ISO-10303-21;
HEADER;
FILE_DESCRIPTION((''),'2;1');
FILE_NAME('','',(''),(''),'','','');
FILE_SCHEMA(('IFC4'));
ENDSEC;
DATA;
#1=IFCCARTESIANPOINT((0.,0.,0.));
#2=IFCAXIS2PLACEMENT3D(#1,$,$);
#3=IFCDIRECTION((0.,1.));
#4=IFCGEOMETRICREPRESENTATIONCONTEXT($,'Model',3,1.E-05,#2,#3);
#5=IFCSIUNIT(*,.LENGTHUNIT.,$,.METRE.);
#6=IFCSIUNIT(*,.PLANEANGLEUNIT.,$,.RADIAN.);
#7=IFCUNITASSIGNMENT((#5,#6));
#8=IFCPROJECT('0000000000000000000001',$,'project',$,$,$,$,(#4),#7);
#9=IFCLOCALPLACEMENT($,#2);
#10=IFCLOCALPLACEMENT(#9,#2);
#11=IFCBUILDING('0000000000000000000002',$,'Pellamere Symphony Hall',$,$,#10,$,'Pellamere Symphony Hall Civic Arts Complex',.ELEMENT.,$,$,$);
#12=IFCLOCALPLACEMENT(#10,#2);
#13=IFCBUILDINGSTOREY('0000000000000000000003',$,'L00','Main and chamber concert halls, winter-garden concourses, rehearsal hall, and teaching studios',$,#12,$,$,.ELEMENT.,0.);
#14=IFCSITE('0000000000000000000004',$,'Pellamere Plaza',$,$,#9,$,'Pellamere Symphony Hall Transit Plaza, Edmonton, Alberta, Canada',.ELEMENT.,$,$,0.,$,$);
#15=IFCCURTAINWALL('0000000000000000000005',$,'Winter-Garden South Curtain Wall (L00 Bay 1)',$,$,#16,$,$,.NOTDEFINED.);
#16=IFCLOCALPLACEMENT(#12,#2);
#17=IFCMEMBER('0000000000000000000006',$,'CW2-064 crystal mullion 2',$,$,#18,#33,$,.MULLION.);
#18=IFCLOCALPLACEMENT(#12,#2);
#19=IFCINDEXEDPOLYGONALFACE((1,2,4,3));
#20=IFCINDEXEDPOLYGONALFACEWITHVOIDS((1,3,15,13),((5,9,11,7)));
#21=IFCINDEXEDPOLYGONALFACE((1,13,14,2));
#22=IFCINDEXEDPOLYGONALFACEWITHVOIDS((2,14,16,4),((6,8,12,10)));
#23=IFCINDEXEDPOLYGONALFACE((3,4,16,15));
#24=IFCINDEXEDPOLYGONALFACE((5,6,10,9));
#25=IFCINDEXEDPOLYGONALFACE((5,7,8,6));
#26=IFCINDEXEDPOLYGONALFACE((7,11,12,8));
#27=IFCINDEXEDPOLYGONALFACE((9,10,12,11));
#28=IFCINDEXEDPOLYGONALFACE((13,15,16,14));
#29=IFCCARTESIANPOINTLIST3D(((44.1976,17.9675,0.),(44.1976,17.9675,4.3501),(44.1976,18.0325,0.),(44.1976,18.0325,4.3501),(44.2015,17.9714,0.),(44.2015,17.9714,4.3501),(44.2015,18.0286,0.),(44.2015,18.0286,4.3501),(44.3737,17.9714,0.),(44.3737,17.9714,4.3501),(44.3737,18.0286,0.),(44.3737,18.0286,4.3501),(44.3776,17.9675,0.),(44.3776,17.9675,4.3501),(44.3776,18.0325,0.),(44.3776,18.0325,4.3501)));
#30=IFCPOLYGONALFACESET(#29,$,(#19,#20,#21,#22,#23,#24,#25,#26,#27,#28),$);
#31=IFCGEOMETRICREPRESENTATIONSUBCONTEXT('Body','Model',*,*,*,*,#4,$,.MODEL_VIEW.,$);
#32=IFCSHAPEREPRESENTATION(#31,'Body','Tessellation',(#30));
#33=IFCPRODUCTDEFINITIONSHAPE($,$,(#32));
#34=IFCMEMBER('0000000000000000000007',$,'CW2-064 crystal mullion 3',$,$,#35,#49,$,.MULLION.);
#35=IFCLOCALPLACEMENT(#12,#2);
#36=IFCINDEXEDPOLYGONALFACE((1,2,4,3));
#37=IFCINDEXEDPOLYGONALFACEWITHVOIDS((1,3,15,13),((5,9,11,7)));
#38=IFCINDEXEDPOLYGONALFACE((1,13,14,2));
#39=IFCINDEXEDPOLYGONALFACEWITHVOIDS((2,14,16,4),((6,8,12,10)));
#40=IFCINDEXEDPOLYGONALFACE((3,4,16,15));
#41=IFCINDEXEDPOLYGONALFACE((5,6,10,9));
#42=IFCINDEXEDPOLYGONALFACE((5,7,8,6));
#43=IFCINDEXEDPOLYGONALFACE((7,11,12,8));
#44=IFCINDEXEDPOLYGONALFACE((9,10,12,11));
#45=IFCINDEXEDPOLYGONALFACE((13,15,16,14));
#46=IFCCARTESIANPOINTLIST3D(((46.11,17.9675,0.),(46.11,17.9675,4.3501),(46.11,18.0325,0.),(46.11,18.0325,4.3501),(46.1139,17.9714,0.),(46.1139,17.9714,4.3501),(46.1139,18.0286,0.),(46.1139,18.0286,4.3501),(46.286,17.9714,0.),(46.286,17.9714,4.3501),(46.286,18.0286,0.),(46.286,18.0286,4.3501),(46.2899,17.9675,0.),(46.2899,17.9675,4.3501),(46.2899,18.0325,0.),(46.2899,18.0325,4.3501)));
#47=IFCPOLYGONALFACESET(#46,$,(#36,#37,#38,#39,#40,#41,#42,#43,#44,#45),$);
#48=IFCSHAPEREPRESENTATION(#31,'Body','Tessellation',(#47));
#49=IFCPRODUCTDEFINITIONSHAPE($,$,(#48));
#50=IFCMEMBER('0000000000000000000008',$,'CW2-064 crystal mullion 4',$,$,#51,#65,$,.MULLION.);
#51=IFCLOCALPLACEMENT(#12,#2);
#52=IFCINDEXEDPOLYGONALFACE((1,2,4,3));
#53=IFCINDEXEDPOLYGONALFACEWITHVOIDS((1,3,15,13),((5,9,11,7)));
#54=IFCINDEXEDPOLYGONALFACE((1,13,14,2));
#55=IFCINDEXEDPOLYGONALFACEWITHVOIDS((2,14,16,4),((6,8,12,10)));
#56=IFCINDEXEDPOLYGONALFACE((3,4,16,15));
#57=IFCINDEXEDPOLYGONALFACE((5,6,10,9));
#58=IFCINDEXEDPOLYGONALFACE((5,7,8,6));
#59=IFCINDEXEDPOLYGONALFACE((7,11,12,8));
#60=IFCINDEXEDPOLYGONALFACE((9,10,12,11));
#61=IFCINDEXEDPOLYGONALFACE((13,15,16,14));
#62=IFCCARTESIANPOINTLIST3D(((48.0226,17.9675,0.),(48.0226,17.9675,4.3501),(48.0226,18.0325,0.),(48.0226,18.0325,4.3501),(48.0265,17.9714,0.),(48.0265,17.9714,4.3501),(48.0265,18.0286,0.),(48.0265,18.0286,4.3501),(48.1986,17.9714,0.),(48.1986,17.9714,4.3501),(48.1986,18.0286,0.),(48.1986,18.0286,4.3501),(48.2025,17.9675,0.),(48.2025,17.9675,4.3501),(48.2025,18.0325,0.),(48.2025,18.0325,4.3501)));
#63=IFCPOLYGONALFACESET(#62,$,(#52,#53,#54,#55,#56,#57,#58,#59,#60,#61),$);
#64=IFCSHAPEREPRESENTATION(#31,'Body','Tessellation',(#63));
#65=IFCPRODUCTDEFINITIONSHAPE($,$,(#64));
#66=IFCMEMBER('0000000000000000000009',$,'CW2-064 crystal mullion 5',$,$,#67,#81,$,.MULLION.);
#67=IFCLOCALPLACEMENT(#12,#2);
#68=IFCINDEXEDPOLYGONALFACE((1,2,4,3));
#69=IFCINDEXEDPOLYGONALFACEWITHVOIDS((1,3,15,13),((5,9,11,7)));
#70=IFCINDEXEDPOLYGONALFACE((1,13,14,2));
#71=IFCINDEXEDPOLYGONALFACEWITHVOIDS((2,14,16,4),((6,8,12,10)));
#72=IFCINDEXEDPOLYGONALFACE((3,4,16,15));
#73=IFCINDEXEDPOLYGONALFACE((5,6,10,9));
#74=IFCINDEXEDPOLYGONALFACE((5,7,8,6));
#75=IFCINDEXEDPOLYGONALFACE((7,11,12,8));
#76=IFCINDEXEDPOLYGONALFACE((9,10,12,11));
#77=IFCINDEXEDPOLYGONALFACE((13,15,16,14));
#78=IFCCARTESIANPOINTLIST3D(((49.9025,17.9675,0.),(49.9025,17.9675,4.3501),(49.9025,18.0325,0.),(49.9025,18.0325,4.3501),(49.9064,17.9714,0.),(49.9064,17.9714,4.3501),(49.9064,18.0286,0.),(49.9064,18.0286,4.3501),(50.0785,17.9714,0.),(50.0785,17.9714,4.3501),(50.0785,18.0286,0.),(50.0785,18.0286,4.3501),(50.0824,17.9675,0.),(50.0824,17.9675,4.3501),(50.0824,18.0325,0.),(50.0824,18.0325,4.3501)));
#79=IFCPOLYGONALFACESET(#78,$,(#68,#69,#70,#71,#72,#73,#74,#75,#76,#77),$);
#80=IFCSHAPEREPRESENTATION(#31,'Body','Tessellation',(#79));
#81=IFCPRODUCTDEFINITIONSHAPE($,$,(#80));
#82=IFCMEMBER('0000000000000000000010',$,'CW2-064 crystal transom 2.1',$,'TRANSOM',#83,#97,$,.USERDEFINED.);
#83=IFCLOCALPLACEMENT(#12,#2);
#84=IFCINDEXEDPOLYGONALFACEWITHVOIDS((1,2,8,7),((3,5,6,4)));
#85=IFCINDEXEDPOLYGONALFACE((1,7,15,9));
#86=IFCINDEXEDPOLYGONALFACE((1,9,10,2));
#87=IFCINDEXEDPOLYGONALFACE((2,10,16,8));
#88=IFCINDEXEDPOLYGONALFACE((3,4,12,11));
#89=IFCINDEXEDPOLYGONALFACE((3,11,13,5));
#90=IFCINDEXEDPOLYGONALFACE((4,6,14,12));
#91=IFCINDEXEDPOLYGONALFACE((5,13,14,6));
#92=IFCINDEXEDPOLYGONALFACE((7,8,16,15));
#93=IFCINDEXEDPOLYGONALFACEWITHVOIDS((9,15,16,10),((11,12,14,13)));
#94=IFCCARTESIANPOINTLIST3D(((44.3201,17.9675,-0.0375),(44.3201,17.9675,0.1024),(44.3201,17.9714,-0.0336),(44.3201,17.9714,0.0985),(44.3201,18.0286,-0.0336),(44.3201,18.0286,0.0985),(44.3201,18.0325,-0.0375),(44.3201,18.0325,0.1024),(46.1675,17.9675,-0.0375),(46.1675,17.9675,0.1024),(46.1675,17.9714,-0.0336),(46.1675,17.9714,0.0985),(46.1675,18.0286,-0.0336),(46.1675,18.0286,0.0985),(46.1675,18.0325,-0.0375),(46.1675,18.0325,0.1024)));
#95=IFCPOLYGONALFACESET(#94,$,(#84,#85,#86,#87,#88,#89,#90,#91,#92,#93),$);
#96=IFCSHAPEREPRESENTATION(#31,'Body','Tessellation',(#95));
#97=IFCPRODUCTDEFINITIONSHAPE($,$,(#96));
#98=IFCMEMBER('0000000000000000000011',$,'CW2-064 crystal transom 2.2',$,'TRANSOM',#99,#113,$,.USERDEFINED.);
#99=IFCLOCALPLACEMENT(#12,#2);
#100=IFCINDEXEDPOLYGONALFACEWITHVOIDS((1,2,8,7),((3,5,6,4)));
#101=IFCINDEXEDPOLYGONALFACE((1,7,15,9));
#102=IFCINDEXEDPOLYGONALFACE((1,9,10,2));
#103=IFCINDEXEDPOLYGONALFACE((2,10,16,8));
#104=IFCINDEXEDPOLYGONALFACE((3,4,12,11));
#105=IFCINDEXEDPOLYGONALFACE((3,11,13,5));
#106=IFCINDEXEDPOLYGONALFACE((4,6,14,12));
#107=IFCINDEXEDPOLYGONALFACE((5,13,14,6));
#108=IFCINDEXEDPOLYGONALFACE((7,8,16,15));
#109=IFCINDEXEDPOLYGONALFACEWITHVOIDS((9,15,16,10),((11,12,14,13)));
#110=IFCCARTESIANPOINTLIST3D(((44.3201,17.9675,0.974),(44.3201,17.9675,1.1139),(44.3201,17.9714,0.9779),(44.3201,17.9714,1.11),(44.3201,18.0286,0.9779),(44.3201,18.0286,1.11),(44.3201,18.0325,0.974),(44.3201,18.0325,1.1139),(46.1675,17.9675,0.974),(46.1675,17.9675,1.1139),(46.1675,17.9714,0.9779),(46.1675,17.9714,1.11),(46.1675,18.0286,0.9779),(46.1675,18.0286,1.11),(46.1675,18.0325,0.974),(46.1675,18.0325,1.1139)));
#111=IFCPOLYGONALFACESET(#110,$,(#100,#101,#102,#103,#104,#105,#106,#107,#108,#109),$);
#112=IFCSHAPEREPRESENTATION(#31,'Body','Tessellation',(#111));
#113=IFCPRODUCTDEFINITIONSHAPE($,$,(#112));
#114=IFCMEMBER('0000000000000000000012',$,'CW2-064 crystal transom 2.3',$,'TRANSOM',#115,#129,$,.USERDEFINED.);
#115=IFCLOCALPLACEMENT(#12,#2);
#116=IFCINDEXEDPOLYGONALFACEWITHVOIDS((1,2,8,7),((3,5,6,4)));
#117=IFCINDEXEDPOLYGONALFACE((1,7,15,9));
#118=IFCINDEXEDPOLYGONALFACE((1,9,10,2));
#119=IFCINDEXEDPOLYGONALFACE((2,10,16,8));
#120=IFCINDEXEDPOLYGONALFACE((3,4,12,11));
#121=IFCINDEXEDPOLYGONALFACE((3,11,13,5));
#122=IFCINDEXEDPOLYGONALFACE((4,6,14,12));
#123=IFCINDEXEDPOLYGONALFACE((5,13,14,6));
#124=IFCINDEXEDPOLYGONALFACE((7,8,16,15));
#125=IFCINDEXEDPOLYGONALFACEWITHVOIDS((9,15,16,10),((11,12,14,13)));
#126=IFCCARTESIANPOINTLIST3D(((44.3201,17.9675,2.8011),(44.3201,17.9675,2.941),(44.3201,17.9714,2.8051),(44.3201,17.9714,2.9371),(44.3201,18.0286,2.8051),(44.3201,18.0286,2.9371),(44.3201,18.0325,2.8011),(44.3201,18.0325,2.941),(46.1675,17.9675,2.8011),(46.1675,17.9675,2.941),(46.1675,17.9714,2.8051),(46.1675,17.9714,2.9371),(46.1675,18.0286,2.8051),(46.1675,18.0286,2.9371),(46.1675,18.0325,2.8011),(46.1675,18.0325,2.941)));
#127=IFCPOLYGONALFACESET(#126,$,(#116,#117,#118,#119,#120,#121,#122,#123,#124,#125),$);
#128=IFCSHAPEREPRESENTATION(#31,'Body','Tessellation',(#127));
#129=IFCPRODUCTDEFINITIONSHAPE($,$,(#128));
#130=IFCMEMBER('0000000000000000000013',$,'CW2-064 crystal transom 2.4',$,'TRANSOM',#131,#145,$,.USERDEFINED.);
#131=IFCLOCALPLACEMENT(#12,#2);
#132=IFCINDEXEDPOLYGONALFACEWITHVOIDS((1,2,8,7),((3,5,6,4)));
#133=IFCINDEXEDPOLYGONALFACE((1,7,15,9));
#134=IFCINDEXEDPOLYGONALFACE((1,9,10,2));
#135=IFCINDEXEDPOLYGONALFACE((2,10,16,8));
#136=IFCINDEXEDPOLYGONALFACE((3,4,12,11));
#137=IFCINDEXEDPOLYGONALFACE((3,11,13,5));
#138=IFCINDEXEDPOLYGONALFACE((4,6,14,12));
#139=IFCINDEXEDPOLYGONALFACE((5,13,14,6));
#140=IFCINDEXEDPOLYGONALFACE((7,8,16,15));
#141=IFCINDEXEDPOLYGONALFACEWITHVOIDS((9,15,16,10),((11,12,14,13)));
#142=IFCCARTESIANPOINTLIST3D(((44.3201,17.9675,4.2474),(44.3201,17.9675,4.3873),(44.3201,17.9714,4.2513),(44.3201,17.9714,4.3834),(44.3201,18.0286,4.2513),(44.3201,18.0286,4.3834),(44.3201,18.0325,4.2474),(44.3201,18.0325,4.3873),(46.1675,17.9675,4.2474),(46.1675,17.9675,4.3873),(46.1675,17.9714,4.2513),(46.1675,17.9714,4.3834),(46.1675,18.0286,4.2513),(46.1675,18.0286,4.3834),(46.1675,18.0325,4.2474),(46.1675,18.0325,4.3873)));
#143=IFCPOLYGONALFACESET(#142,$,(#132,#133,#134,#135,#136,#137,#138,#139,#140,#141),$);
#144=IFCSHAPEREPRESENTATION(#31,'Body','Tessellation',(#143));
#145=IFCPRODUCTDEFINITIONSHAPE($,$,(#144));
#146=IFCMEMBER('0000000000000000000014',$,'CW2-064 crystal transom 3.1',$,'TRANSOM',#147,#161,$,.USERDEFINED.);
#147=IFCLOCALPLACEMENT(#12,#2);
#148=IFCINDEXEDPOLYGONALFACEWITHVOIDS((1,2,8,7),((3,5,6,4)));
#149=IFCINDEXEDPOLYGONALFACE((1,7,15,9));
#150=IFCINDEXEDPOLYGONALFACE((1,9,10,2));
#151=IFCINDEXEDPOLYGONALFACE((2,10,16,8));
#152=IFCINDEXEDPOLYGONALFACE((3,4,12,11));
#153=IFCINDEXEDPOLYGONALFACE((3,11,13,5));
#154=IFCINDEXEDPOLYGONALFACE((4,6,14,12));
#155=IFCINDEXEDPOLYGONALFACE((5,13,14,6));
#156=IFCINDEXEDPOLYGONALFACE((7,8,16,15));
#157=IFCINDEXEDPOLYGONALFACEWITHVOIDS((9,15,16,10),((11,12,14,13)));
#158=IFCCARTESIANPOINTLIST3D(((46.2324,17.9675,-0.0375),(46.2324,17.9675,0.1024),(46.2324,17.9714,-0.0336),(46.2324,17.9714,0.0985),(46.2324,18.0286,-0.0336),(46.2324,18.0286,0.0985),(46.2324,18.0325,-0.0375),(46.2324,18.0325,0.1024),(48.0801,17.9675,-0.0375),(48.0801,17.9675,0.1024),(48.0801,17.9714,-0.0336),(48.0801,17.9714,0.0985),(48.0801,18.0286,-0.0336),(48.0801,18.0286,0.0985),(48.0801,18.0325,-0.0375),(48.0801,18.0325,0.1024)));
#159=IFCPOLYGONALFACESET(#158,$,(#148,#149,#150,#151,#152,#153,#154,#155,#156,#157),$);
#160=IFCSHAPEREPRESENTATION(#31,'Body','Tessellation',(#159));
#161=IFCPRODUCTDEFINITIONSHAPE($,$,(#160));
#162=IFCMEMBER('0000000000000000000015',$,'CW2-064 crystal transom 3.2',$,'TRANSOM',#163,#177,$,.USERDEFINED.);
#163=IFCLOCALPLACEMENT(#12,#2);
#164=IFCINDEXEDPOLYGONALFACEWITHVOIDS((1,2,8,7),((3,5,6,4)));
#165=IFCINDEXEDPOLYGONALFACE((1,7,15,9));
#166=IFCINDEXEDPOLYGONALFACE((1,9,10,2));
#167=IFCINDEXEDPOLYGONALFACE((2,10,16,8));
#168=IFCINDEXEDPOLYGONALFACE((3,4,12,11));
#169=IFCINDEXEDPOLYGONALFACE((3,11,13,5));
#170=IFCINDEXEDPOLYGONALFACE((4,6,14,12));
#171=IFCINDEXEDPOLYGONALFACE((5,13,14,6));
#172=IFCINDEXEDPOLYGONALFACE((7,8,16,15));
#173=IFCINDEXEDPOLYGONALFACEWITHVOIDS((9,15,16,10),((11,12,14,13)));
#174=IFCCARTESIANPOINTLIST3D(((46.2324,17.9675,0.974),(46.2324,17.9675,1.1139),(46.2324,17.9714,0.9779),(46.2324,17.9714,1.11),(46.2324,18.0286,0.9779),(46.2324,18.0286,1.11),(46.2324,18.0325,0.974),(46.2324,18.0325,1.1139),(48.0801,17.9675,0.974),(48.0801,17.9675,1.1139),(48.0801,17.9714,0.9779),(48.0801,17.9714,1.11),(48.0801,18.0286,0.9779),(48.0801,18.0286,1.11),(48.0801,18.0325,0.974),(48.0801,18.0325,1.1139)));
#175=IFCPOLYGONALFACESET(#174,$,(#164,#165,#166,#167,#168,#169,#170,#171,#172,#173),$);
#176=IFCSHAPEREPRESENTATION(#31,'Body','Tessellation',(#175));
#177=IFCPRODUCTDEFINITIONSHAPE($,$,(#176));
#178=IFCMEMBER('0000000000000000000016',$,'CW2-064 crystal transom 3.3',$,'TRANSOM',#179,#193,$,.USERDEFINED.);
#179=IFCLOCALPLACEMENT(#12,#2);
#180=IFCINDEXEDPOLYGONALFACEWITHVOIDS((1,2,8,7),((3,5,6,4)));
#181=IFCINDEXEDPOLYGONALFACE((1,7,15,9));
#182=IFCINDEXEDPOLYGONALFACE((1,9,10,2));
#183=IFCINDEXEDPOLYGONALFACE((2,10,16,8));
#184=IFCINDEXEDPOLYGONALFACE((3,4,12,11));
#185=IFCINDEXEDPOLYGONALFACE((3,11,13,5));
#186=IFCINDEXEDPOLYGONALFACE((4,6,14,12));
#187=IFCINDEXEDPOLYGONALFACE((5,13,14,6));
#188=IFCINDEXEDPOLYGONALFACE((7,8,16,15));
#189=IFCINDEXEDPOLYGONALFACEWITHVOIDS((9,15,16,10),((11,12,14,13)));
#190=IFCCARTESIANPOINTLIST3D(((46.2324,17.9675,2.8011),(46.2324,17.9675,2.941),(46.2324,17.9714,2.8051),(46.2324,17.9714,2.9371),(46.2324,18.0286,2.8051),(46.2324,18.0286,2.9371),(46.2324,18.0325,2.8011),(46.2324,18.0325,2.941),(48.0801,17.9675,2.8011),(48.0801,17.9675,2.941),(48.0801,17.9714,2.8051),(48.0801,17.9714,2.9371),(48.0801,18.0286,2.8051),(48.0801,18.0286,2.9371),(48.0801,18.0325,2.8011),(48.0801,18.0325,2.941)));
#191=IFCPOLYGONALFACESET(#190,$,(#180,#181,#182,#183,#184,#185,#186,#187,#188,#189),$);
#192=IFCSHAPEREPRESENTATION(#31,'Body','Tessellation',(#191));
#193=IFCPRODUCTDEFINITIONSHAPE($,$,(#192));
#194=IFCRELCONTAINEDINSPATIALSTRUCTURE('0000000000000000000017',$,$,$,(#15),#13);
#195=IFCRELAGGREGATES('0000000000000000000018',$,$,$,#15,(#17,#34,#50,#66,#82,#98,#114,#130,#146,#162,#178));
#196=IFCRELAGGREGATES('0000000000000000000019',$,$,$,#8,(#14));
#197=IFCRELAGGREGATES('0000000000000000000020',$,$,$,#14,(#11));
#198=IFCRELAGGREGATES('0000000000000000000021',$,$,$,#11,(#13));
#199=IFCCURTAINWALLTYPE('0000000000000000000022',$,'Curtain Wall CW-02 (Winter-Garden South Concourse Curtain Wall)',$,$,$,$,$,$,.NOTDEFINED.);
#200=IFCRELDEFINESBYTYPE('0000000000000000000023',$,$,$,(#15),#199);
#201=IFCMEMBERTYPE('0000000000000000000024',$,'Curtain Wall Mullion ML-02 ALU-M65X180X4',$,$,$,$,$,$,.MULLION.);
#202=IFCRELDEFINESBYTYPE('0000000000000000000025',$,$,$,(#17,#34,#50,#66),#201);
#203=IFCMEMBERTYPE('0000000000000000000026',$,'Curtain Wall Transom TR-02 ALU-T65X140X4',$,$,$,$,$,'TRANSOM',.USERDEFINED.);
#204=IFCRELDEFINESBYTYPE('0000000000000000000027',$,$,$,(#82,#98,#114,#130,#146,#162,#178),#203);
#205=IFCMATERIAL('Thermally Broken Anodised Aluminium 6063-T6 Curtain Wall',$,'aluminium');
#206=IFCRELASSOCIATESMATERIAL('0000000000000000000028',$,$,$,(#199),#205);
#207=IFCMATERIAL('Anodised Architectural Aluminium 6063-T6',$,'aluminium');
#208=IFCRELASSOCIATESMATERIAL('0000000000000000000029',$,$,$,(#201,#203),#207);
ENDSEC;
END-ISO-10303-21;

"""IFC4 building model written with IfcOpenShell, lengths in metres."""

from ifc_helpers import new_model, si_unit, direction, frame, origin, origin_2d, place, context, subcontext, project, spatial, hollow_rectangle, extrude, material, material_profile, profile_set, type_object, element, aggregate, save


model = new_model("IFC4")

# Units and contexts
model_context = context("Model", 3, precision=1e-05, world=origin(), true_north=direction((0.0, 1.0)))
body_context = subcontext(model_context, "Body", "Model", "MODEL_VIEW")
ifc_project = project(units=[si_unit("LENGTHUNIT", "METRE"), si_unit("PLANEANGLEUNIT", "RADIAN")], contexts=[model_context])

# Site, building, storey
site_placement = place(None, origin())
site = spatial("IfcSite", under=ifc_project, at=site_placement, Name="Pellamere Plaza", LongName="Pellamere Symphony Hall Transit Plaza, Edmonton, Alberta, Canada", CompositionType="ELEMENT", RefElevation=0.0)
building_placement = place(site_placement, origin())
building = spatial("IfcBuilding", under=site, at=building_placement, Name="Pellamere Symphony Hall", LongName="Pellamere Symphony Hall Civic Arts Complex", CompositionType="ELEMENT")
storey_placement = place(building_placement, origin())
storey = spatial("IfcBuildingStorey", under=building, at=storey_placement, Name="L00", Description="Main and chamber concert halls, winter-garden concourses, rehearsal hall, and teaching studios", CompositionType="ELEMENT", Elevation=0.0)

# Curtain wall, members
ifc_material_1 = material(Name="Thermally Broken Anodised Aluminium 6063-T6 Curtain Wall", Category="aluminium")
curtain_wall_type = type_object("IfcCurtainWallType", Name="Curtain Wall CW-02 (Winter-Garden South Concourse Curtain Wall)", PredefinedType="NOTDEFINED", material=ifc_material_1)
curtain_wall_placement = place(storey_placement, origin())
curtain_wall = element("IfcCurtainWall", 1, at=curtain_wall_placement, inside=storey, type_object=curtain_wall_type, Name="Winter-Garden South Curtain Wall (L00 Bay 1)", PredefinedType="NOTDEFINED")
ifc_material_2 = material(Name="Anodised Architectural Aluminium 6063-T6", Category="aluminium")
ifc_material_profile_1 = material_profile(ifc_material_2, hollow_rectangle(XDim=0.0649, YDim=0.1799, WallThickness=0.0039, at=origin_2d()), Name="ALU-M65X180X4")
ifc_profile_set_1 = profile_set([ifc_material_profile_1], Name="Anodised Architectural Aluminium 6063-T6")
member_type_1 = type_object("IfcMemberType", Name="Curtain Wall Mullion ML-02 ALU-M65X180X4", PredefinedType="MULLION", material=ifc_profile_set_1)
member_1_placement = place(storey_placement, frame((44.2876, 18.0, 0.0), z_axis=(0.0, 0.0, 1.0), x_axis=(0.0, 1.0, 0.0)))
member_1 = element("IfcMember", 2, at=member_1_placement, type_object=member_type_1, Name="CW2-064 crystal mullion 2", PredefinedType="MULLION", context=body_context, shape_type="SweptSolid", body=[
    extrude(hollow_rectangle(XDim=0.0649, YDim=0.1799, WallThickness=0.0039, at=origin_2d()), origin(), (0.0, 0.0, 1.0), 4.3501),
])
member_2_placement = place(storey_placement, frame((46.2, 18.0, 0.0), z_axis=(0.0, 0.0, 1.0), x_axis=(0.0, 1.0, 0.0)))
member_2 = element("IfcMember", 3, at=member_2_placement, type_object=member_type_1, Name="CW2-064 crystal mullion 3", PredefinedType="MULLION", context=body_context, shape_type="SweptSolid", body=[
    extrude(hollow_rectangle(XDim=0.0649, YDim=0.1799, WallThickness=0.0039, at=origin_2d()), origin(), (0.0, 0.0, 1.0), 4.3501),
])
member_3_placement = place(storey_placement, frame((48.1125, 18.0, 0.0), z_axis=(0.0, 0.0, 1.0), x_axis=(0.0, 1.0, 0.0)))
member_3 = element("IfcMember", 4, at=member_3_placement, type_object=member_type_1, Name="CW2-064 crystal mullion 4", PredefinedType="MULLION", context=body_context, shape_type="SweptSolid", body=[
    extrude(hollow_rectangle(XDim=0.0649, YDim=0.1799, WallThickness=0.0039, at=origin_2d()), origin(), (0.0, 0.0, 1.0), 4.3501),
])
member_4_placement = place(storey_placement, frame((49.9924, 18.0, 0.0), z_axis=(0.0, 0.0, 1.0), x_axis=(0.0, 1.0, 0.0)))
member_4 = element("IfcMember", 5, at=member_4_placement, type_object=member_type_1, Name="CW2-064 crystal mullion 5", PredefinedType="MULLION", context=body_context, shape_type="SweptSolid", body=[
    extrude(hollow_rectangle(XDim=0.0649, YDim=0.1799, WallThickness=0.0039, at=origin_2d()), origin(), (0.0, 0.0, 1.0), 4.3501),
])
ifc_material_profile_2 = material_profile(ifc_material_2, hollow_rectangle(XDim=0.0649, YDim=0.1399, WallThickness=0.0039, at=origin_2d()), Name="ALU-T65X140X4")
ifc_profile_set_2 = profile_set([ifc_material_profile_2], Name="Anodised Architectural Aluminium 6063-T6")
member_type_2 = type_object("IfcMemberType", Name="Curtain Wall Transom TR-02 ALU-T65X140X4", ElementType="TRANSOM", PredefinedType="USERDEFINED", material=ifc_profile_set_2)
member_5_placement = place(storey_placement, frame((44.3201, 18.0, 0.0325), z_axis=(1.0, 0.0, 0.0), x_axis=(0.0, 1.0, 0.0)))
member_5 = element("IfcMember", 6, at=member_5_placement, type_object=member_type_2, Name="CW2-064 crystal transom 2.1", ObjectType="TRANSOM", PredefinedType="USERDEFINED", context=body_context, shape_type="SweptSolid", body=[
    extrude(hollow_rectangle(XDim=0.0649, YDim=0.1399, WallThickness=0.0039, at=origin_2d()), origin(), (0.0, 0.0, 1.0), 1.8474),
])
member_6_placement = place(storey_placement, frame((44.3201, 18.0, 1.0439), z_axis=(1.0, 0.0, 0.0), x_axis=(0.0, 1.0, 0.0)))
member_6 = element("IfcMember", 7, at=member_6_placement, type_object=member_type_2, Name="CW2-064 crystal transom 2.2", ObjectType="TRANSOM", PredefinedType="USERDEFINED", context=body_context, shape_type="SweptSolid", body=[
    extrude(hollow_rectangle(XDim=0.0649, YDim=0.1399, WallThickness=0.0039, at=origin_2d()), origin(), (0.0, 0.0, 1.0), 1.8474),
])
member_7_placement = place(storey_placement, frame((44.3201, 18.0, 2.8711), z_axis=(1.0, 0.0, 0.0), x_axis=(0.0, 1.0, 0.0)))
member_7 = element("IfcMember", 8, at=member_7_placement, type_object=member_type_2, Name="CW2-064 crystal transom 2.3", ObjectType="TRANSOM", PredefinedType="USERDEFINED", context=body_context, shape_type="SweptSolid", body=[
    extrude(hollow_rectangle(XDim=0.0649, YDim=0.1399, WallThickness=0.0039, at=origin_2d()), origin(), (0.0, 0.0, 1.0), 1.8474),
])
member_8_placement = place(storey_placement, frame((44.3201, 18.0, 4.3174), z_axis=(1.0, 0.0, 0.0), x_axis=(0.0, 1.0, 0.0)))
member_8 = element("IfcMember", 9, at=member_8_placement, type_object=member_type_2, Name="CW2-064 crystal transom 2.4", ObjectType="TRANSOM", PredefinedType="USERDEFINED", context=body_context, shape_type="SweptSolid", body=[
    extrude(hollow_rectangle(XDim=0.0649, YDim=0.1399, WallThickness=0.0039, at=origin_2d()), origin(), (0.0, 0.0, 1.0), 1.8474),
])
member_9_placement = place(storey_placement, frame((46.2324, 18.0, 0.0325), z_axis=(1.0, 0.0, 0.0), x_axis=(0.0, 1.0, 0.0)))
member_9 = element("IfcMember", 10, at=member_9_placement, type_object=member_type_2, Name="CW2-064 crystal transom 3.1", ObjectType="TRANSOM", PredefinedType="USERDEFINED", context=body_context, shape_type="SweptSolid", body=[
    extrude(hollow_rectangle(XDim=0.0649, YDim=0.1399, WallThickness=0.0039, at=origin_2d()), origin(), (0.0, 0.0, 1.0), 1.8477),
])
member_10_placement = place(storey_placement, frame((46.2324, 18.0, 1.0439), z_axis=(1.0, 0.0, 0.0), x_axis=(0.0, 1.0, 0.0)))
member_10 = element("IfcMember", 11, at=member_10_placement, type_object=member_type_2, Name="CW2-064 crystal transom 3.2", ObjectType="TRANSOM", PredefinedType="USERDEFINED", context=body_context, shape_type="SweptSolid", body=[
    extrude(hollow_rectangle(XDim=0.0649, YDim=0.1399, WallThickness=0.0039, at=origin_2d()), origin(), (0.0, 0.0, 1.0), 1.8477),
])
member_11_placement = place(storey_placement, frame((46.2324, 18.0, 2.8711), z_axis=(1.0, 0.0, 0.0), x_axis=(0.0, 1.0, 0.0)))
member_11 = element("IfcMember", 12, at=member_11_placement, type_object=member_type_2, Name="CW2-064 crystal transom 3.3", ObjectType="TRANSOM", PredefinedType="USERDEFINED", context=body_context, shape_type="SweptSolid", body=[
    extrude(hollow_rectangle(XDim=0.0649, YDim=0.1399, WallThickness=0.0039, at=origin_2d()), origin(), (0.0, 0.0, 1.0), 1.8477),
])

aggregate(curtain_wall, [member_1, member_2, member_3, member_4, member_5, member_6, member_7, member_8, member_9, member_10, member_11])

save(model, "model.ifc")
